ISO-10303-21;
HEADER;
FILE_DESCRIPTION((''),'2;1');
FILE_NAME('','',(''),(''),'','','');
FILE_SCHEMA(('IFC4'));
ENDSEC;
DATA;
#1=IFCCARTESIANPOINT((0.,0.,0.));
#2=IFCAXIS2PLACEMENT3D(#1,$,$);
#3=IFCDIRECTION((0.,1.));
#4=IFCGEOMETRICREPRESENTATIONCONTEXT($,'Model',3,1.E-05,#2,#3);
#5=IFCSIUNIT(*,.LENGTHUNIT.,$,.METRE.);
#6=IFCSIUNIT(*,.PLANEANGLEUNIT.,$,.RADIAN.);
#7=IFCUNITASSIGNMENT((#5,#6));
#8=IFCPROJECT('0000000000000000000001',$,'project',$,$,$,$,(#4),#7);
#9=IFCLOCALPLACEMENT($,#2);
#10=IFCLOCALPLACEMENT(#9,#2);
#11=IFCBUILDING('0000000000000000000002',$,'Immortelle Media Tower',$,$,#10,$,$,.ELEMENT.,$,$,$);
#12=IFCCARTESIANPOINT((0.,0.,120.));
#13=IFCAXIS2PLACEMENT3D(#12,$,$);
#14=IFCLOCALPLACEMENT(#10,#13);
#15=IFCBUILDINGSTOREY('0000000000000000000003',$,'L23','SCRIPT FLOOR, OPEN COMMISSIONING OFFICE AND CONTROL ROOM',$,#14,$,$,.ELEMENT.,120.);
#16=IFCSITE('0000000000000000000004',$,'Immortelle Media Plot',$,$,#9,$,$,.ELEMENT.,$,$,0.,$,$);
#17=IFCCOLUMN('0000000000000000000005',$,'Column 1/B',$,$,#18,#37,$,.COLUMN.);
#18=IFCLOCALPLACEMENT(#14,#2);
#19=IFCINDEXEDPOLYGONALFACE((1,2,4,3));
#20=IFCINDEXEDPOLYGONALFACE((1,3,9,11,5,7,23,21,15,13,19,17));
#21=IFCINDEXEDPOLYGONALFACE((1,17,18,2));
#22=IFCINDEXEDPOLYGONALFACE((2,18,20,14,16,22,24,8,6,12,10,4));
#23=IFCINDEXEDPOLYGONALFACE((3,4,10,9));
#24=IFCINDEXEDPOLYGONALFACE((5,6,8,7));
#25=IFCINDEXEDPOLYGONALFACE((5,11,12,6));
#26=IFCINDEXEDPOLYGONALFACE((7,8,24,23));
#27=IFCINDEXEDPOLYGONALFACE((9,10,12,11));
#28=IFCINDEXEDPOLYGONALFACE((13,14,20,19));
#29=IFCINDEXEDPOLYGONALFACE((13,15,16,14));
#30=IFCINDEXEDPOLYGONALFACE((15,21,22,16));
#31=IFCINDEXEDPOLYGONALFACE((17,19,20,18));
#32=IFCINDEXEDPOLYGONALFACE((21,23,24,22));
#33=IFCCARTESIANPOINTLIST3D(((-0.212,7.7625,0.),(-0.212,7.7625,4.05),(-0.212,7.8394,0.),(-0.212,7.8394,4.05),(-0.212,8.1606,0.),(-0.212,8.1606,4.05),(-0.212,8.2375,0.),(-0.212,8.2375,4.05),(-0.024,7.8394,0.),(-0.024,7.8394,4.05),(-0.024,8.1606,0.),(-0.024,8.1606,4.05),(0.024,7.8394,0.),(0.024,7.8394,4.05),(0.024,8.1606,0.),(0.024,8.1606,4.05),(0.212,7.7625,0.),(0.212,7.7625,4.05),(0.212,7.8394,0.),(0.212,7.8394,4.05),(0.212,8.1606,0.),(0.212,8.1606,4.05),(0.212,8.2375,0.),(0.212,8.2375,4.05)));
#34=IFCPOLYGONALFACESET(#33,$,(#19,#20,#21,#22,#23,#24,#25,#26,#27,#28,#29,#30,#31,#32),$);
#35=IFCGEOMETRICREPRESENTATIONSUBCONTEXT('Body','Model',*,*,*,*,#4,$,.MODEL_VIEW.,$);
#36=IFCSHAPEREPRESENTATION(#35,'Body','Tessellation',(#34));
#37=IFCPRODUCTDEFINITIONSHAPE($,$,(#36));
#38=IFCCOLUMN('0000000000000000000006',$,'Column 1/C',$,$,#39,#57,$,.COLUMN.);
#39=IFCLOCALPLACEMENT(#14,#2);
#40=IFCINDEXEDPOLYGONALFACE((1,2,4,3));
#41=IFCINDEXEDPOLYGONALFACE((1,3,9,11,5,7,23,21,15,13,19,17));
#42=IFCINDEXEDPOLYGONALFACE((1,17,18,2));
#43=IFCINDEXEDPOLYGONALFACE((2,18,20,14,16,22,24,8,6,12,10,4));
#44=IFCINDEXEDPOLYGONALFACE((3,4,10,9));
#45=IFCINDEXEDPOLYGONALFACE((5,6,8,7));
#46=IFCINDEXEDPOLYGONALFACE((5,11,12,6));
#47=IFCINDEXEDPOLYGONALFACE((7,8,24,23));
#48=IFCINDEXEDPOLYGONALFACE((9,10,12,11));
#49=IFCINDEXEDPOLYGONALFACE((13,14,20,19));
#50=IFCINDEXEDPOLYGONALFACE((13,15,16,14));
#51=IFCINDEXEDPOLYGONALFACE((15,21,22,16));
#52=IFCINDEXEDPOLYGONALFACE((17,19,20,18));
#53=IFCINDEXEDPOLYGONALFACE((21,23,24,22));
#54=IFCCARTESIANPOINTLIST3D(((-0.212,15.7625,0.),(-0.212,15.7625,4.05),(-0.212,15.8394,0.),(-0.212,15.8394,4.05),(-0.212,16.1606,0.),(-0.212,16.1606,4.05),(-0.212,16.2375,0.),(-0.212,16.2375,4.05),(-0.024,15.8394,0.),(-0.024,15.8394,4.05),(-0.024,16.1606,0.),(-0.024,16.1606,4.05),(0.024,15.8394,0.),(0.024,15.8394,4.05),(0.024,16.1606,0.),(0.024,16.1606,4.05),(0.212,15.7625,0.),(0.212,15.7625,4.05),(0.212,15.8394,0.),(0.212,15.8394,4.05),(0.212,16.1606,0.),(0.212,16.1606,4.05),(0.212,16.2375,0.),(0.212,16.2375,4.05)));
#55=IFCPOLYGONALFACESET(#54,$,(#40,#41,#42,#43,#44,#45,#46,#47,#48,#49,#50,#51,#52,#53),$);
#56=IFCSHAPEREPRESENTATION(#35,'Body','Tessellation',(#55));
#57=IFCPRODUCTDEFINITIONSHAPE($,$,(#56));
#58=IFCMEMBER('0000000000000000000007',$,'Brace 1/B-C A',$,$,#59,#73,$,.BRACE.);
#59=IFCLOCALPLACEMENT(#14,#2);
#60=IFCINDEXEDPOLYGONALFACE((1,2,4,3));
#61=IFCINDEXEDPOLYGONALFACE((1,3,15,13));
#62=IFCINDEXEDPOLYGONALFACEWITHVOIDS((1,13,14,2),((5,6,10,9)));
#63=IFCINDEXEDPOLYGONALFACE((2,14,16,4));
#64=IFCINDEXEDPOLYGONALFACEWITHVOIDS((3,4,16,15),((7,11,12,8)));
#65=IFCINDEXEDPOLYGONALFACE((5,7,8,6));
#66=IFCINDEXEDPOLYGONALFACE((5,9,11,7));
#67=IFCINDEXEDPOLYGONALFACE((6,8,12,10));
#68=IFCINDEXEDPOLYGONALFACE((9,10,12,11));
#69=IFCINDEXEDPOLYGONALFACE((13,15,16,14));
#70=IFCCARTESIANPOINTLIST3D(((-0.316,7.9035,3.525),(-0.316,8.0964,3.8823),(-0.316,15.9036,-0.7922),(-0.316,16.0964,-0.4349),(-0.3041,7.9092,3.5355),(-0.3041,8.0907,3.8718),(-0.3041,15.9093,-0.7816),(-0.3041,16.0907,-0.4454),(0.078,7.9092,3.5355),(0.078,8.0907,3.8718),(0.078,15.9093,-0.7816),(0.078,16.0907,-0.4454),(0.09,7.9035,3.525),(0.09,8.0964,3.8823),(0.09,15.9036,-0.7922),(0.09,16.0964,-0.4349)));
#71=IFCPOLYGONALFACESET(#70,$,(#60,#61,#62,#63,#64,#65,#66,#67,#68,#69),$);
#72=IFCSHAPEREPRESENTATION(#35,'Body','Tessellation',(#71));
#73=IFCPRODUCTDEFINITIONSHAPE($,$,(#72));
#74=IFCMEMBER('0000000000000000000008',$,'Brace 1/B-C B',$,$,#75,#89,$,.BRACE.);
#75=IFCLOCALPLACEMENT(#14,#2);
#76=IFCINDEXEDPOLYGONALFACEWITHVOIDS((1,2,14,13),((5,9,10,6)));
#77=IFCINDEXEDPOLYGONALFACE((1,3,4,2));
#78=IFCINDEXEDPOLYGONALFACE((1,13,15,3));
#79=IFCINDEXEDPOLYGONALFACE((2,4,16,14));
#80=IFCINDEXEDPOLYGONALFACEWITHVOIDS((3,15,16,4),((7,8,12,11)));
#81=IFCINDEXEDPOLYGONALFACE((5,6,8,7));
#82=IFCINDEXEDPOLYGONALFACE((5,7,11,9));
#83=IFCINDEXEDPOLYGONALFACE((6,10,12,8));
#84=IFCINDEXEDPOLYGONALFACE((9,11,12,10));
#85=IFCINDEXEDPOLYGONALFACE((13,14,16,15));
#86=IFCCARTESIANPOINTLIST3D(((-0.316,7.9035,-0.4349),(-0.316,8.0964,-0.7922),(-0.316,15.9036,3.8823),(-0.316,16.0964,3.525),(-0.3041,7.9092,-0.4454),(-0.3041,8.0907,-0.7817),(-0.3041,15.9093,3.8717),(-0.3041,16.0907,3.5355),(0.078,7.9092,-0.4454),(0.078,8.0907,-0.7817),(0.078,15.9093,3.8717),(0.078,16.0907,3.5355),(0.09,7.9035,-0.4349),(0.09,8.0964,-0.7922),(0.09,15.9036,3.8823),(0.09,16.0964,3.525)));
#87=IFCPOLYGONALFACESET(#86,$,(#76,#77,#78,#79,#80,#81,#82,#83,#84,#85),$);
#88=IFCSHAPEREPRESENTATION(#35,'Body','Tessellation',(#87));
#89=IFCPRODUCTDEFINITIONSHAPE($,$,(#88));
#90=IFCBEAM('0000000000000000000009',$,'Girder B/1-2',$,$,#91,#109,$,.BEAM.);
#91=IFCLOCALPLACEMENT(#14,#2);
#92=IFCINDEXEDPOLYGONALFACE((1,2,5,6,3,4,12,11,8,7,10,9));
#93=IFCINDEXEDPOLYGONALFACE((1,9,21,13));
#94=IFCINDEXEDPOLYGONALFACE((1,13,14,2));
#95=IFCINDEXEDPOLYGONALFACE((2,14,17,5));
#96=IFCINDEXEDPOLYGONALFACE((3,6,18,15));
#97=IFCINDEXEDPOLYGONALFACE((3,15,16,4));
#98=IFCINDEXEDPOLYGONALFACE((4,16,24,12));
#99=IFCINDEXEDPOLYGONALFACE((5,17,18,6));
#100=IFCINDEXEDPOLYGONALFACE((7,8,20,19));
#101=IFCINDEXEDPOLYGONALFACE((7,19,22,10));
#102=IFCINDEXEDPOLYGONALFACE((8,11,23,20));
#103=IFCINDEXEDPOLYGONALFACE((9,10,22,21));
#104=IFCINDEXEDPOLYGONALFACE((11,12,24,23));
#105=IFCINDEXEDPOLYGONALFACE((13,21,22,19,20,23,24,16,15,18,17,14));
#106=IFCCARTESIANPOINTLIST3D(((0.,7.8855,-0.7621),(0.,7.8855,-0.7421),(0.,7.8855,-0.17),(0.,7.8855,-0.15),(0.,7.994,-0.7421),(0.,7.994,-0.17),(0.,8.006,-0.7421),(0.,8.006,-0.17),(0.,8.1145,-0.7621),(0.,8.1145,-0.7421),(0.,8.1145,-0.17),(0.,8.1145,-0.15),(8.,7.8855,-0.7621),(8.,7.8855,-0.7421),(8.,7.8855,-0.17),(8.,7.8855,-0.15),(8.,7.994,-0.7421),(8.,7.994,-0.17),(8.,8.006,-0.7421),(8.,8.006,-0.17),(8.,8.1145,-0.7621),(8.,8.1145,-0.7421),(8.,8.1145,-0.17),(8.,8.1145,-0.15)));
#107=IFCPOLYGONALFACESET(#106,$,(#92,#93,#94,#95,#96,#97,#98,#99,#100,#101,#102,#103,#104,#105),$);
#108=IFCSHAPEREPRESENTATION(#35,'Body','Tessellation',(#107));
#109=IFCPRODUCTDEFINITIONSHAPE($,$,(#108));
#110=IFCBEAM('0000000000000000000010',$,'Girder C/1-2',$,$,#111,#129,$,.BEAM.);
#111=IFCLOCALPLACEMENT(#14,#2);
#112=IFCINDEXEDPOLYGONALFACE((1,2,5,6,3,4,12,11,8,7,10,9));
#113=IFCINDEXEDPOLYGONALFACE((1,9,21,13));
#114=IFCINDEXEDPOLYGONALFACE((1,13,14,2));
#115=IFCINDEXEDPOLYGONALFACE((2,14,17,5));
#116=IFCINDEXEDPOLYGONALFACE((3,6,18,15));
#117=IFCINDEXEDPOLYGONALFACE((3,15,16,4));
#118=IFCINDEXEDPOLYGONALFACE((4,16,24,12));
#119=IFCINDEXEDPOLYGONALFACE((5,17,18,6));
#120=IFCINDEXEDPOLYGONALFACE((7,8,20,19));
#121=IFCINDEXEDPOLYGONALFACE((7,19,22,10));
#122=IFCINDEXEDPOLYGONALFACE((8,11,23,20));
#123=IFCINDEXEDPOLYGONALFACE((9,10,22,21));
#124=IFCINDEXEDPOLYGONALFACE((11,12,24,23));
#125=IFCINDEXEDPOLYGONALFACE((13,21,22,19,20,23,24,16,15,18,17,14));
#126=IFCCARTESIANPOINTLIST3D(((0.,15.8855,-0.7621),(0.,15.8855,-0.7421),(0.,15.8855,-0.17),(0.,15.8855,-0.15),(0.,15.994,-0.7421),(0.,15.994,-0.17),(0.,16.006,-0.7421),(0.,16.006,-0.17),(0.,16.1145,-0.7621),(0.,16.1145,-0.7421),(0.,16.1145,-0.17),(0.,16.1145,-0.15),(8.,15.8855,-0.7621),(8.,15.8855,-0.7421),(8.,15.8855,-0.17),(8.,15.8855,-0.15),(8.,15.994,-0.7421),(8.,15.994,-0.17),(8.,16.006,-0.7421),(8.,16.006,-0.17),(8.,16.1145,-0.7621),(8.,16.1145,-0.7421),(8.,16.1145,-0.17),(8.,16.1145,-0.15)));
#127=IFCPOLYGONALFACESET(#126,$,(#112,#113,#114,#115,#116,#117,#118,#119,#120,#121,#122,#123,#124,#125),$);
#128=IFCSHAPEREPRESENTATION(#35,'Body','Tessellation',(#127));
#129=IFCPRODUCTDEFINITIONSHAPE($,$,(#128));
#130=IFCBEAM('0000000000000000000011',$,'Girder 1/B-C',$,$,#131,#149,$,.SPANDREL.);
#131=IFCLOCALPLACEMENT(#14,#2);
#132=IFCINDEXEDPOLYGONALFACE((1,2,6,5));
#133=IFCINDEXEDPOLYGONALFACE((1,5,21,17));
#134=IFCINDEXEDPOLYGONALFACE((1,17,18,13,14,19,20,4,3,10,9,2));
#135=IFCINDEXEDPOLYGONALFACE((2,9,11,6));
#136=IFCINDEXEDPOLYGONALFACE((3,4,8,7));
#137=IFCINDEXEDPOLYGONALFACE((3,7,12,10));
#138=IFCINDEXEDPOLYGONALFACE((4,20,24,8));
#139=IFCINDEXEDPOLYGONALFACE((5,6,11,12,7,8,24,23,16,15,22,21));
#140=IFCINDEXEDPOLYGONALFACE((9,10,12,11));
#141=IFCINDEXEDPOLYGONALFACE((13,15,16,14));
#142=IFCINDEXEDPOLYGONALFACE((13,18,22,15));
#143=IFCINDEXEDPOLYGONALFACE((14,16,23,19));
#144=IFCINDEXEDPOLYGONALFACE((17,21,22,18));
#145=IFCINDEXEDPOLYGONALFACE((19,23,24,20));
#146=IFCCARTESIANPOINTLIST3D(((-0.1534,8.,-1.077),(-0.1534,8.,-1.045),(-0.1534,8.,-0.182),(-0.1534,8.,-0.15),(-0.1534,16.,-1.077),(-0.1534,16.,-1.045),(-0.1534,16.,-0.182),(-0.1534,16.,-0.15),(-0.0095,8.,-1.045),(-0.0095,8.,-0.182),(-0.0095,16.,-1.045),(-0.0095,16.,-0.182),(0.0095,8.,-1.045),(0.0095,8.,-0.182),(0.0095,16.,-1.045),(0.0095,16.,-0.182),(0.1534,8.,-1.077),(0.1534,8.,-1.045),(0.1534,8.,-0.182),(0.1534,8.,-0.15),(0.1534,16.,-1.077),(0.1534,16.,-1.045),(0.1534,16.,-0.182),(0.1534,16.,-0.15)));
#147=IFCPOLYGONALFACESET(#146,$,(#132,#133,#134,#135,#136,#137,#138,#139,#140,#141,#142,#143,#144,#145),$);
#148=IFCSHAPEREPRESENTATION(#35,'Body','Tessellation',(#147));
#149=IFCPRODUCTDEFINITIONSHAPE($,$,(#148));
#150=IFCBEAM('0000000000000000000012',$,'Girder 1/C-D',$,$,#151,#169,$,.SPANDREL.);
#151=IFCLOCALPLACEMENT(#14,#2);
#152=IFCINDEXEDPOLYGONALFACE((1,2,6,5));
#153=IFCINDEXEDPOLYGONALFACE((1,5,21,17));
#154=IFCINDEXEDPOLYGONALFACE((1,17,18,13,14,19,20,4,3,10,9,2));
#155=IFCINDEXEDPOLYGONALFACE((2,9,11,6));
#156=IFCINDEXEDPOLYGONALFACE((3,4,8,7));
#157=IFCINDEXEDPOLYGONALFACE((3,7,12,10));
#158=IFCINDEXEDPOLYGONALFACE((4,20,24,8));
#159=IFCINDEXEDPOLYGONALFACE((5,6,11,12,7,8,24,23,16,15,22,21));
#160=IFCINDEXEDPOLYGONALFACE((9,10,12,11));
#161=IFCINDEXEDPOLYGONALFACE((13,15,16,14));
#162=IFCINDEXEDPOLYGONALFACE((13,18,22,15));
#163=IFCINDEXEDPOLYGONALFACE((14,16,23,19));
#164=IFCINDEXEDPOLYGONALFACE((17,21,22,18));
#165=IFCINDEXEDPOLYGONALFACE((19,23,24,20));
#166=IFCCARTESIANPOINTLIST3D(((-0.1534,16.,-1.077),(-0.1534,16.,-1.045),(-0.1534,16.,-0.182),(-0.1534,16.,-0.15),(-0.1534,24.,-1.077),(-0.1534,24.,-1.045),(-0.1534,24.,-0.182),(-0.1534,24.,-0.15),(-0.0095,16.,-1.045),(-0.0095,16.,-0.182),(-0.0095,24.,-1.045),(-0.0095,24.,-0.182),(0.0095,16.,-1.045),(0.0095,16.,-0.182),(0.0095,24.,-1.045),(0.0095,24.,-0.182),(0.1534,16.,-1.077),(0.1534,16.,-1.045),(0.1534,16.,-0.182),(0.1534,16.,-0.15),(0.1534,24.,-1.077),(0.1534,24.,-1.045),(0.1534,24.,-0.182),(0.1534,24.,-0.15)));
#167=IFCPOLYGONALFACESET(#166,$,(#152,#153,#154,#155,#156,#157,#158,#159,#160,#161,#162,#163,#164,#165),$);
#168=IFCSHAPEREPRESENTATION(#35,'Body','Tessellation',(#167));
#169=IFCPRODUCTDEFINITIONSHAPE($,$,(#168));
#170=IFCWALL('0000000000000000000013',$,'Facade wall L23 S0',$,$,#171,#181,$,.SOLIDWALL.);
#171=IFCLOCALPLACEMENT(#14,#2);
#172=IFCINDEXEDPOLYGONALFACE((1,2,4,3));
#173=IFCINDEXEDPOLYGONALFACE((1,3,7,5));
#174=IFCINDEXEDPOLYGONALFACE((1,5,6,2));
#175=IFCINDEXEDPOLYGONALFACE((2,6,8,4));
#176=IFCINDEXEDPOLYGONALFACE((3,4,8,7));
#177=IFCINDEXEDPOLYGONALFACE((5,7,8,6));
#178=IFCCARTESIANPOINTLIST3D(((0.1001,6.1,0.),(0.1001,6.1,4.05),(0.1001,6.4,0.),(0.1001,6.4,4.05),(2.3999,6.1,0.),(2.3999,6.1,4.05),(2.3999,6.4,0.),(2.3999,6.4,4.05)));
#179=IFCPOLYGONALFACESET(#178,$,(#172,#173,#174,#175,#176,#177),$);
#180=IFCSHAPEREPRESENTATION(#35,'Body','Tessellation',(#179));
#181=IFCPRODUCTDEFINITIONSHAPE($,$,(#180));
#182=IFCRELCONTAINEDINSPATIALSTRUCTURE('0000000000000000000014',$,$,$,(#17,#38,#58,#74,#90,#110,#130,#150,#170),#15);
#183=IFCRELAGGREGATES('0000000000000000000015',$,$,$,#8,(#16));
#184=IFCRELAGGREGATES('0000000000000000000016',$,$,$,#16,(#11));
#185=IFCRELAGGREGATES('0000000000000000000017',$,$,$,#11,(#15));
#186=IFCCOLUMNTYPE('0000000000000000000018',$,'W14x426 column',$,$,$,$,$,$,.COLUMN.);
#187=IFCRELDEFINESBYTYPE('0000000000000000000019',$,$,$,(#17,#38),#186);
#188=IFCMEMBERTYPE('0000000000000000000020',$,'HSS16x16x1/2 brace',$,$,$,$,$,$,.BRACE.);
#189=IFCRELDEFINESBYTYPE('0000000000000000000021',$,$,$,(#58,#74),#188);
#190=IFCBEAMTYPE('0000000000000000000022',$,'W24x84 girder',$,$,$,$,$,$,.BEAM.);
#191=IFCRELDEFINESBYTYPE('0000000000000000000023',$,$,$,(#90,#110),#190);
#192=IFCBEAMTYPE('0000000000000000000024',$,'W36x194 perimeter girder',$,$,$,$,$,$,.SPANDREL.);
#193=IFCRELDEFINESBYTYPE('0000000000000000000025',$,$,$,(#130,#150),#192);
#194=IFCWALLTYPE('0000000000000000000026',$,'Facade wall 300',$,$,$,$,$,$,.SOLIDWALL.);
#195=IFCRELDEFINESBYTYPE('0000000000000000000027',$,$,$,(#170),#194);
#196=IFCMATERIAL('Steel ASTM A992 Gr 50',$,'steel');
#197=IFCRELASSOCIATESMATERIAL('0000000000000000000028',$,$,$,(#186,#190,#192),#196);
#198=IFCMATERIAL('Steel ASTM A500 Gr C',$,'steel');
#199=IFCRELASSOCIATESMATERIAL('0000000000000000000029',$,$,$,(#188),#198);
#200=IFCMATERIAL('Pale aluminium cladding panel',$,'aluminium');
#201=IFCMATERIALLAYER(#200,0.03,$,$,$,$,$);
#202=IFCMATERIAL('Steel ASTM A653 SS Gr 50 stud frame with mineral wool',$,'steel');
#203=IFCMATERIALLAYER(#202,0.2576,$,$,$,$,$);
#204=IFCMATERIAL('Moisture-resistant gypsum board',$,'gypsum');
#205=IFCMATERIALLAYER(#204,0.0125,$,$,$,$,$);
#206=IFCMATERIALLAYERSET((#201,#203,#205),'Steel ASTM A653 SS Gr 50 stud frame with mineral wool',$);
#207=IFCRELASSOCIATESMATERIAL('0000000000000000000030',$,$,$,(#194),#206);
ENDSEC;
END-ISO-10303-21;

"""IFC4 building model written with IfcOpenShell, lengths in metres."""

from ifc_helpers import new_model, si_unit, direction, frame, frame_2d, origin, origin_2d, place, context, subcontext, project, spatial, rectangle, hollow_rectangle, i_section, extrude, material, layer, layer_set, material_profile, profile_set, type_object, element, save


model = new_model("IFC4")

# Units and contexts
model_context = context("Model", 3, precision=1e-05, world=origin(), true_north=direction((0.0, 1.0)))
body_context = subcontext(model_context, "Body", "Model", "MODEL_VIEW")
ifc_project = project(units=[si_unit("LENGTHUNIT", "METRE"), si_unit("PLANEANGLEUNIT", "RADIAN")], contexts=[model_context])

# Site, building, storey
site_placement = place(None, origin())
site = spatial("IfcSite", under=ifc_project, at=site_placement, Name="Immortelle Media Plot", CompositionType="ELEMENT", RefElevation=0.0)
building_placement = place(site_placement, origin())
building = spatial("IfcBuilding", under=site, at=building_placement, Name="Immortelle Media Tower", CompositionType="ELEMENT")
storey_placement = place(building_placement, frame((0.0, 0.0, 120.0)))
storey = spatial("IfcBuildingStorey", under=building, at=storey_placement, Name="L23", Description="SCRIPT FLOOR, OPEN COMMISSIONING OFFICE AND CONTROL ROOM", CompositionType="ELEMENT", Elevation=120.0)

# Columns
ifc_material_1 = material(Name="Steel ASTM A992 Gr 50", Category="steel")
ifc_material_profile_1 = material_profile(ifc_material_1, i_section(OverallWidth=0.4241, OverallDepth=0.4751, WebThickness=0.0481, FlangeThickness=0.0769, at=origin_2d()), Name="W14x426")
ifc_profile_set_1 = profile_set([ifc_material_profile_1], Name="Steel ASTM A992 Gr 50")
column_type = type_object("IfcColumnType", Name="W14x426 column", PredefinedType="COLUMN", material=ifc_profile_set_1)
for number, where, z_axis, x_axis, name in (
    (1, (0.0, 8.0, 0.0), (0.0, 0.0, 1.0), (1.0, 0.0, 0.0), "Column 1/B"),
    (2, (0.0, 16.0, 0.0), (0.0, 0.0, 1.0), (1.0, 0.0, 0.0), "Column 1/C"),
):
    element("IfcColumn", number, at=place(storey_placement, frame(where, z_axis=z_axis, x_axis=x_axis)), inside=storey, type_object=column_type, Name=name, PredefinedType="COLUMN", context=body_context, shape_type="SweptSolid", body=[
        extrude(i_section(OverallWidth=0.4241, OverallDepth=0.4751, WebThickness=0.0481, FlangeThickness=0.0769, at=origin_2d()), origin(), (0.0, 0.0, 1.0), 4.05),
    ])

# Members
ifc_material_2 = material(Name="Steel ASTM A500 Gr C", Category="steel")
ifc_material_profile_2 = material_profile(ifc_material_2, hollow_rectangle(XDim=0.406, YDim=0.406, WallThickness=0.012, at=origin_2d()), Name="HSS16x16x1/2 brace")
ifc_profile_set_2 = profile_set([ifc_material_profile_2], Name="Steel ASTM A500 Gr C")
member_type = type_object("IfcMemberType", Name="HSS16x16x1/2 brace", PredefinedType="BRACE", material=ifc_profile_set_2)
for number, where, z_axis, x_axis, name in (
    (3, (-0.113, 16.0, -0.6135), (0.0, -0.880037, 0.474905), (1.0, 0.0, 0.0), "Brace 1/B-C A"),
    (4, (-0.113, 16.0, 3.7036), (0.0, -0.880037, -0.474905), (1.0, 0.0, 0.0), "Brace 1/B-C B"),
):
    element("IfcMember", number, at=place(storey_placement, frame(where, z_axis=z_axis, x_axis=x_axis)), inside=storey, type_object=member_type, Name=name, PredefinedType="BRACE", context=body_context, shape_type="SweptSolid", body=[
        extrude(hollow_rectangle(XDim=0.406, YDim=0.406, WallThickness=0.012, at=origin_2d()), origin(), (0.0, 0.0, 1.0), 9.0906),
    ])

# Beams
ifc_material_profile_3 = material_profile(ifc_material_1, i_section(OverallWidth=0.229, OverallDepth=0.6121, WebThickness=0.012, FlangeThickness=0.02, at=origin_2d()), Name="W24x84")
ifc_profile_set_3 = profile_set([ifc_material_profile_3], Name="Steel ASTM A992 Gr 50")
beam_type_1 = type_object("IfcBeamType", Name="W24x84 girder", PredefinedType="BEAM", material=ifc_profile_set_3)
for number, where, z_axis, x_axis, name in (
    (5, (0.0, 8.0, -0.4561), (1.0, 0.0, 0.0), (0.0, 1.0, 0.0), "Girder B/1-2"),
    (6, (0.0, 16.0, -0.4561), (1.0, 0.0, 0.0), (0.0, 1.0, 0.0), "Girder C/1-2"),
):
    element("IfcBeam", number, at=place(storey_placement, frame(where, z_axis=z_axis, x_axis=x_axis)), inside=storey, type_object=beam_type_1, Name=name, PredefinedType="BEAM", context=body_context, shape_type="SweptSolid", body=[
        extrude(i_section(OverallWidth=0.229, OverallDepth=0.6121, WebThickness=0.012, FlangeThickness=0.02, at=origin_2d()), origin(), (0.0, 0.0, 1.0), 8.0),
    ])
ifc_material_profile_4 = material_profile(ifc_material_1, i_section(OverallWidth=0.3069, OverallDepth=0.927, WebThickness=0.019, FlangeThickness=0.032, at=origin_2d()), Name="W36x194")
ifc_profile_set_4 = profile_set([ifc_material_profile_4], Name="Steel ASTM A992 Gr 50")
beam_type_2 = type_object("IfcBeamType", Name="W36x194 perimeter girder", PredefinedType="SPANDREL", material=ifc_profile_set_4)
for number, where, z_axis, x_axis, name in (
    (7, (0.0, 8.0, -0.6135), (0.0, 1.0, 0.0), (-1.0, 0.0, 0.0), "Girder 1/B-C"),
    (8, (0.0, 16.0, -0.6135), (0.0, 1.0, 0.0), (-1.0, 0.0, 0.0), "Girder 1/C-D"),
):
    element("IfcBeam", number, at=place(storey_placement, frame(where, z_axis=z_axis, x_axis=x_axis)), inside=storey, type_object=beam_type_2, Name=name, PredefinedType="SPANDREL", context=body_context, shape_type="SweptSolid", body=[
        extrude(i_section(OverallWidth=0.3069, OverallDepth=0.927, WebThickness=0.019, FlangeThickness=0.032, at=origin_2d()), origin(), (0.0, 0.0, 1.0), 8.0),
    ])

# Wall
ifc_material_3 = material(Name="Pale aluminium cladding panel", Category="aluminium")
ifc_layer_1 = layer(ifc_material_3, 0.03)
ifc_material_4 = material(Name="Steel ASTM A653 SS Gr 50 stud frame with mineral wool", Category="steel")
ifc_layer_2 = layer(ifc_material_4, 0.2576)
ifc_material_5 = material(Name="Moisture-resistant gypsum board", Category="gypsum")
ifc_layer_3 = layer(ifc_material_5, 0.0125)
ifc_layer_set_1 = layer_set([ifc_layer_1, ifc_layer_2, ifc_layer_3], Name="Steel ASTM A653 SS Gr 50 stud frame with mineral wool")
wall_type = type_object("IfcWallType", Name="Facade wall 300", PredefinedType="SOLIDWALL", material=ifc_layer_set_1)
wall_placement = place(storey_placement, frame((0.1001, 6.25, 0.0), z_axis=(0.0, 0.0, 1.0), x_axis=(1.0, 0.0, 0.0)))
element("IfcWall", 9, at=wall_placement, inside=storey, type_object=wall_type, Name="Facade wall L23 S0", PredefinedType="SOLIDWALL", context=body_context, shape_type="SweptSolid", body=[
    extrude(rectangle(XDim=2.2998, YDim=0.3, at=frame_2d((1.1499, 0.0))), origin(), (0.0, 0.0, 1.0), 4.05),
])

save(model, "model.ifc")
